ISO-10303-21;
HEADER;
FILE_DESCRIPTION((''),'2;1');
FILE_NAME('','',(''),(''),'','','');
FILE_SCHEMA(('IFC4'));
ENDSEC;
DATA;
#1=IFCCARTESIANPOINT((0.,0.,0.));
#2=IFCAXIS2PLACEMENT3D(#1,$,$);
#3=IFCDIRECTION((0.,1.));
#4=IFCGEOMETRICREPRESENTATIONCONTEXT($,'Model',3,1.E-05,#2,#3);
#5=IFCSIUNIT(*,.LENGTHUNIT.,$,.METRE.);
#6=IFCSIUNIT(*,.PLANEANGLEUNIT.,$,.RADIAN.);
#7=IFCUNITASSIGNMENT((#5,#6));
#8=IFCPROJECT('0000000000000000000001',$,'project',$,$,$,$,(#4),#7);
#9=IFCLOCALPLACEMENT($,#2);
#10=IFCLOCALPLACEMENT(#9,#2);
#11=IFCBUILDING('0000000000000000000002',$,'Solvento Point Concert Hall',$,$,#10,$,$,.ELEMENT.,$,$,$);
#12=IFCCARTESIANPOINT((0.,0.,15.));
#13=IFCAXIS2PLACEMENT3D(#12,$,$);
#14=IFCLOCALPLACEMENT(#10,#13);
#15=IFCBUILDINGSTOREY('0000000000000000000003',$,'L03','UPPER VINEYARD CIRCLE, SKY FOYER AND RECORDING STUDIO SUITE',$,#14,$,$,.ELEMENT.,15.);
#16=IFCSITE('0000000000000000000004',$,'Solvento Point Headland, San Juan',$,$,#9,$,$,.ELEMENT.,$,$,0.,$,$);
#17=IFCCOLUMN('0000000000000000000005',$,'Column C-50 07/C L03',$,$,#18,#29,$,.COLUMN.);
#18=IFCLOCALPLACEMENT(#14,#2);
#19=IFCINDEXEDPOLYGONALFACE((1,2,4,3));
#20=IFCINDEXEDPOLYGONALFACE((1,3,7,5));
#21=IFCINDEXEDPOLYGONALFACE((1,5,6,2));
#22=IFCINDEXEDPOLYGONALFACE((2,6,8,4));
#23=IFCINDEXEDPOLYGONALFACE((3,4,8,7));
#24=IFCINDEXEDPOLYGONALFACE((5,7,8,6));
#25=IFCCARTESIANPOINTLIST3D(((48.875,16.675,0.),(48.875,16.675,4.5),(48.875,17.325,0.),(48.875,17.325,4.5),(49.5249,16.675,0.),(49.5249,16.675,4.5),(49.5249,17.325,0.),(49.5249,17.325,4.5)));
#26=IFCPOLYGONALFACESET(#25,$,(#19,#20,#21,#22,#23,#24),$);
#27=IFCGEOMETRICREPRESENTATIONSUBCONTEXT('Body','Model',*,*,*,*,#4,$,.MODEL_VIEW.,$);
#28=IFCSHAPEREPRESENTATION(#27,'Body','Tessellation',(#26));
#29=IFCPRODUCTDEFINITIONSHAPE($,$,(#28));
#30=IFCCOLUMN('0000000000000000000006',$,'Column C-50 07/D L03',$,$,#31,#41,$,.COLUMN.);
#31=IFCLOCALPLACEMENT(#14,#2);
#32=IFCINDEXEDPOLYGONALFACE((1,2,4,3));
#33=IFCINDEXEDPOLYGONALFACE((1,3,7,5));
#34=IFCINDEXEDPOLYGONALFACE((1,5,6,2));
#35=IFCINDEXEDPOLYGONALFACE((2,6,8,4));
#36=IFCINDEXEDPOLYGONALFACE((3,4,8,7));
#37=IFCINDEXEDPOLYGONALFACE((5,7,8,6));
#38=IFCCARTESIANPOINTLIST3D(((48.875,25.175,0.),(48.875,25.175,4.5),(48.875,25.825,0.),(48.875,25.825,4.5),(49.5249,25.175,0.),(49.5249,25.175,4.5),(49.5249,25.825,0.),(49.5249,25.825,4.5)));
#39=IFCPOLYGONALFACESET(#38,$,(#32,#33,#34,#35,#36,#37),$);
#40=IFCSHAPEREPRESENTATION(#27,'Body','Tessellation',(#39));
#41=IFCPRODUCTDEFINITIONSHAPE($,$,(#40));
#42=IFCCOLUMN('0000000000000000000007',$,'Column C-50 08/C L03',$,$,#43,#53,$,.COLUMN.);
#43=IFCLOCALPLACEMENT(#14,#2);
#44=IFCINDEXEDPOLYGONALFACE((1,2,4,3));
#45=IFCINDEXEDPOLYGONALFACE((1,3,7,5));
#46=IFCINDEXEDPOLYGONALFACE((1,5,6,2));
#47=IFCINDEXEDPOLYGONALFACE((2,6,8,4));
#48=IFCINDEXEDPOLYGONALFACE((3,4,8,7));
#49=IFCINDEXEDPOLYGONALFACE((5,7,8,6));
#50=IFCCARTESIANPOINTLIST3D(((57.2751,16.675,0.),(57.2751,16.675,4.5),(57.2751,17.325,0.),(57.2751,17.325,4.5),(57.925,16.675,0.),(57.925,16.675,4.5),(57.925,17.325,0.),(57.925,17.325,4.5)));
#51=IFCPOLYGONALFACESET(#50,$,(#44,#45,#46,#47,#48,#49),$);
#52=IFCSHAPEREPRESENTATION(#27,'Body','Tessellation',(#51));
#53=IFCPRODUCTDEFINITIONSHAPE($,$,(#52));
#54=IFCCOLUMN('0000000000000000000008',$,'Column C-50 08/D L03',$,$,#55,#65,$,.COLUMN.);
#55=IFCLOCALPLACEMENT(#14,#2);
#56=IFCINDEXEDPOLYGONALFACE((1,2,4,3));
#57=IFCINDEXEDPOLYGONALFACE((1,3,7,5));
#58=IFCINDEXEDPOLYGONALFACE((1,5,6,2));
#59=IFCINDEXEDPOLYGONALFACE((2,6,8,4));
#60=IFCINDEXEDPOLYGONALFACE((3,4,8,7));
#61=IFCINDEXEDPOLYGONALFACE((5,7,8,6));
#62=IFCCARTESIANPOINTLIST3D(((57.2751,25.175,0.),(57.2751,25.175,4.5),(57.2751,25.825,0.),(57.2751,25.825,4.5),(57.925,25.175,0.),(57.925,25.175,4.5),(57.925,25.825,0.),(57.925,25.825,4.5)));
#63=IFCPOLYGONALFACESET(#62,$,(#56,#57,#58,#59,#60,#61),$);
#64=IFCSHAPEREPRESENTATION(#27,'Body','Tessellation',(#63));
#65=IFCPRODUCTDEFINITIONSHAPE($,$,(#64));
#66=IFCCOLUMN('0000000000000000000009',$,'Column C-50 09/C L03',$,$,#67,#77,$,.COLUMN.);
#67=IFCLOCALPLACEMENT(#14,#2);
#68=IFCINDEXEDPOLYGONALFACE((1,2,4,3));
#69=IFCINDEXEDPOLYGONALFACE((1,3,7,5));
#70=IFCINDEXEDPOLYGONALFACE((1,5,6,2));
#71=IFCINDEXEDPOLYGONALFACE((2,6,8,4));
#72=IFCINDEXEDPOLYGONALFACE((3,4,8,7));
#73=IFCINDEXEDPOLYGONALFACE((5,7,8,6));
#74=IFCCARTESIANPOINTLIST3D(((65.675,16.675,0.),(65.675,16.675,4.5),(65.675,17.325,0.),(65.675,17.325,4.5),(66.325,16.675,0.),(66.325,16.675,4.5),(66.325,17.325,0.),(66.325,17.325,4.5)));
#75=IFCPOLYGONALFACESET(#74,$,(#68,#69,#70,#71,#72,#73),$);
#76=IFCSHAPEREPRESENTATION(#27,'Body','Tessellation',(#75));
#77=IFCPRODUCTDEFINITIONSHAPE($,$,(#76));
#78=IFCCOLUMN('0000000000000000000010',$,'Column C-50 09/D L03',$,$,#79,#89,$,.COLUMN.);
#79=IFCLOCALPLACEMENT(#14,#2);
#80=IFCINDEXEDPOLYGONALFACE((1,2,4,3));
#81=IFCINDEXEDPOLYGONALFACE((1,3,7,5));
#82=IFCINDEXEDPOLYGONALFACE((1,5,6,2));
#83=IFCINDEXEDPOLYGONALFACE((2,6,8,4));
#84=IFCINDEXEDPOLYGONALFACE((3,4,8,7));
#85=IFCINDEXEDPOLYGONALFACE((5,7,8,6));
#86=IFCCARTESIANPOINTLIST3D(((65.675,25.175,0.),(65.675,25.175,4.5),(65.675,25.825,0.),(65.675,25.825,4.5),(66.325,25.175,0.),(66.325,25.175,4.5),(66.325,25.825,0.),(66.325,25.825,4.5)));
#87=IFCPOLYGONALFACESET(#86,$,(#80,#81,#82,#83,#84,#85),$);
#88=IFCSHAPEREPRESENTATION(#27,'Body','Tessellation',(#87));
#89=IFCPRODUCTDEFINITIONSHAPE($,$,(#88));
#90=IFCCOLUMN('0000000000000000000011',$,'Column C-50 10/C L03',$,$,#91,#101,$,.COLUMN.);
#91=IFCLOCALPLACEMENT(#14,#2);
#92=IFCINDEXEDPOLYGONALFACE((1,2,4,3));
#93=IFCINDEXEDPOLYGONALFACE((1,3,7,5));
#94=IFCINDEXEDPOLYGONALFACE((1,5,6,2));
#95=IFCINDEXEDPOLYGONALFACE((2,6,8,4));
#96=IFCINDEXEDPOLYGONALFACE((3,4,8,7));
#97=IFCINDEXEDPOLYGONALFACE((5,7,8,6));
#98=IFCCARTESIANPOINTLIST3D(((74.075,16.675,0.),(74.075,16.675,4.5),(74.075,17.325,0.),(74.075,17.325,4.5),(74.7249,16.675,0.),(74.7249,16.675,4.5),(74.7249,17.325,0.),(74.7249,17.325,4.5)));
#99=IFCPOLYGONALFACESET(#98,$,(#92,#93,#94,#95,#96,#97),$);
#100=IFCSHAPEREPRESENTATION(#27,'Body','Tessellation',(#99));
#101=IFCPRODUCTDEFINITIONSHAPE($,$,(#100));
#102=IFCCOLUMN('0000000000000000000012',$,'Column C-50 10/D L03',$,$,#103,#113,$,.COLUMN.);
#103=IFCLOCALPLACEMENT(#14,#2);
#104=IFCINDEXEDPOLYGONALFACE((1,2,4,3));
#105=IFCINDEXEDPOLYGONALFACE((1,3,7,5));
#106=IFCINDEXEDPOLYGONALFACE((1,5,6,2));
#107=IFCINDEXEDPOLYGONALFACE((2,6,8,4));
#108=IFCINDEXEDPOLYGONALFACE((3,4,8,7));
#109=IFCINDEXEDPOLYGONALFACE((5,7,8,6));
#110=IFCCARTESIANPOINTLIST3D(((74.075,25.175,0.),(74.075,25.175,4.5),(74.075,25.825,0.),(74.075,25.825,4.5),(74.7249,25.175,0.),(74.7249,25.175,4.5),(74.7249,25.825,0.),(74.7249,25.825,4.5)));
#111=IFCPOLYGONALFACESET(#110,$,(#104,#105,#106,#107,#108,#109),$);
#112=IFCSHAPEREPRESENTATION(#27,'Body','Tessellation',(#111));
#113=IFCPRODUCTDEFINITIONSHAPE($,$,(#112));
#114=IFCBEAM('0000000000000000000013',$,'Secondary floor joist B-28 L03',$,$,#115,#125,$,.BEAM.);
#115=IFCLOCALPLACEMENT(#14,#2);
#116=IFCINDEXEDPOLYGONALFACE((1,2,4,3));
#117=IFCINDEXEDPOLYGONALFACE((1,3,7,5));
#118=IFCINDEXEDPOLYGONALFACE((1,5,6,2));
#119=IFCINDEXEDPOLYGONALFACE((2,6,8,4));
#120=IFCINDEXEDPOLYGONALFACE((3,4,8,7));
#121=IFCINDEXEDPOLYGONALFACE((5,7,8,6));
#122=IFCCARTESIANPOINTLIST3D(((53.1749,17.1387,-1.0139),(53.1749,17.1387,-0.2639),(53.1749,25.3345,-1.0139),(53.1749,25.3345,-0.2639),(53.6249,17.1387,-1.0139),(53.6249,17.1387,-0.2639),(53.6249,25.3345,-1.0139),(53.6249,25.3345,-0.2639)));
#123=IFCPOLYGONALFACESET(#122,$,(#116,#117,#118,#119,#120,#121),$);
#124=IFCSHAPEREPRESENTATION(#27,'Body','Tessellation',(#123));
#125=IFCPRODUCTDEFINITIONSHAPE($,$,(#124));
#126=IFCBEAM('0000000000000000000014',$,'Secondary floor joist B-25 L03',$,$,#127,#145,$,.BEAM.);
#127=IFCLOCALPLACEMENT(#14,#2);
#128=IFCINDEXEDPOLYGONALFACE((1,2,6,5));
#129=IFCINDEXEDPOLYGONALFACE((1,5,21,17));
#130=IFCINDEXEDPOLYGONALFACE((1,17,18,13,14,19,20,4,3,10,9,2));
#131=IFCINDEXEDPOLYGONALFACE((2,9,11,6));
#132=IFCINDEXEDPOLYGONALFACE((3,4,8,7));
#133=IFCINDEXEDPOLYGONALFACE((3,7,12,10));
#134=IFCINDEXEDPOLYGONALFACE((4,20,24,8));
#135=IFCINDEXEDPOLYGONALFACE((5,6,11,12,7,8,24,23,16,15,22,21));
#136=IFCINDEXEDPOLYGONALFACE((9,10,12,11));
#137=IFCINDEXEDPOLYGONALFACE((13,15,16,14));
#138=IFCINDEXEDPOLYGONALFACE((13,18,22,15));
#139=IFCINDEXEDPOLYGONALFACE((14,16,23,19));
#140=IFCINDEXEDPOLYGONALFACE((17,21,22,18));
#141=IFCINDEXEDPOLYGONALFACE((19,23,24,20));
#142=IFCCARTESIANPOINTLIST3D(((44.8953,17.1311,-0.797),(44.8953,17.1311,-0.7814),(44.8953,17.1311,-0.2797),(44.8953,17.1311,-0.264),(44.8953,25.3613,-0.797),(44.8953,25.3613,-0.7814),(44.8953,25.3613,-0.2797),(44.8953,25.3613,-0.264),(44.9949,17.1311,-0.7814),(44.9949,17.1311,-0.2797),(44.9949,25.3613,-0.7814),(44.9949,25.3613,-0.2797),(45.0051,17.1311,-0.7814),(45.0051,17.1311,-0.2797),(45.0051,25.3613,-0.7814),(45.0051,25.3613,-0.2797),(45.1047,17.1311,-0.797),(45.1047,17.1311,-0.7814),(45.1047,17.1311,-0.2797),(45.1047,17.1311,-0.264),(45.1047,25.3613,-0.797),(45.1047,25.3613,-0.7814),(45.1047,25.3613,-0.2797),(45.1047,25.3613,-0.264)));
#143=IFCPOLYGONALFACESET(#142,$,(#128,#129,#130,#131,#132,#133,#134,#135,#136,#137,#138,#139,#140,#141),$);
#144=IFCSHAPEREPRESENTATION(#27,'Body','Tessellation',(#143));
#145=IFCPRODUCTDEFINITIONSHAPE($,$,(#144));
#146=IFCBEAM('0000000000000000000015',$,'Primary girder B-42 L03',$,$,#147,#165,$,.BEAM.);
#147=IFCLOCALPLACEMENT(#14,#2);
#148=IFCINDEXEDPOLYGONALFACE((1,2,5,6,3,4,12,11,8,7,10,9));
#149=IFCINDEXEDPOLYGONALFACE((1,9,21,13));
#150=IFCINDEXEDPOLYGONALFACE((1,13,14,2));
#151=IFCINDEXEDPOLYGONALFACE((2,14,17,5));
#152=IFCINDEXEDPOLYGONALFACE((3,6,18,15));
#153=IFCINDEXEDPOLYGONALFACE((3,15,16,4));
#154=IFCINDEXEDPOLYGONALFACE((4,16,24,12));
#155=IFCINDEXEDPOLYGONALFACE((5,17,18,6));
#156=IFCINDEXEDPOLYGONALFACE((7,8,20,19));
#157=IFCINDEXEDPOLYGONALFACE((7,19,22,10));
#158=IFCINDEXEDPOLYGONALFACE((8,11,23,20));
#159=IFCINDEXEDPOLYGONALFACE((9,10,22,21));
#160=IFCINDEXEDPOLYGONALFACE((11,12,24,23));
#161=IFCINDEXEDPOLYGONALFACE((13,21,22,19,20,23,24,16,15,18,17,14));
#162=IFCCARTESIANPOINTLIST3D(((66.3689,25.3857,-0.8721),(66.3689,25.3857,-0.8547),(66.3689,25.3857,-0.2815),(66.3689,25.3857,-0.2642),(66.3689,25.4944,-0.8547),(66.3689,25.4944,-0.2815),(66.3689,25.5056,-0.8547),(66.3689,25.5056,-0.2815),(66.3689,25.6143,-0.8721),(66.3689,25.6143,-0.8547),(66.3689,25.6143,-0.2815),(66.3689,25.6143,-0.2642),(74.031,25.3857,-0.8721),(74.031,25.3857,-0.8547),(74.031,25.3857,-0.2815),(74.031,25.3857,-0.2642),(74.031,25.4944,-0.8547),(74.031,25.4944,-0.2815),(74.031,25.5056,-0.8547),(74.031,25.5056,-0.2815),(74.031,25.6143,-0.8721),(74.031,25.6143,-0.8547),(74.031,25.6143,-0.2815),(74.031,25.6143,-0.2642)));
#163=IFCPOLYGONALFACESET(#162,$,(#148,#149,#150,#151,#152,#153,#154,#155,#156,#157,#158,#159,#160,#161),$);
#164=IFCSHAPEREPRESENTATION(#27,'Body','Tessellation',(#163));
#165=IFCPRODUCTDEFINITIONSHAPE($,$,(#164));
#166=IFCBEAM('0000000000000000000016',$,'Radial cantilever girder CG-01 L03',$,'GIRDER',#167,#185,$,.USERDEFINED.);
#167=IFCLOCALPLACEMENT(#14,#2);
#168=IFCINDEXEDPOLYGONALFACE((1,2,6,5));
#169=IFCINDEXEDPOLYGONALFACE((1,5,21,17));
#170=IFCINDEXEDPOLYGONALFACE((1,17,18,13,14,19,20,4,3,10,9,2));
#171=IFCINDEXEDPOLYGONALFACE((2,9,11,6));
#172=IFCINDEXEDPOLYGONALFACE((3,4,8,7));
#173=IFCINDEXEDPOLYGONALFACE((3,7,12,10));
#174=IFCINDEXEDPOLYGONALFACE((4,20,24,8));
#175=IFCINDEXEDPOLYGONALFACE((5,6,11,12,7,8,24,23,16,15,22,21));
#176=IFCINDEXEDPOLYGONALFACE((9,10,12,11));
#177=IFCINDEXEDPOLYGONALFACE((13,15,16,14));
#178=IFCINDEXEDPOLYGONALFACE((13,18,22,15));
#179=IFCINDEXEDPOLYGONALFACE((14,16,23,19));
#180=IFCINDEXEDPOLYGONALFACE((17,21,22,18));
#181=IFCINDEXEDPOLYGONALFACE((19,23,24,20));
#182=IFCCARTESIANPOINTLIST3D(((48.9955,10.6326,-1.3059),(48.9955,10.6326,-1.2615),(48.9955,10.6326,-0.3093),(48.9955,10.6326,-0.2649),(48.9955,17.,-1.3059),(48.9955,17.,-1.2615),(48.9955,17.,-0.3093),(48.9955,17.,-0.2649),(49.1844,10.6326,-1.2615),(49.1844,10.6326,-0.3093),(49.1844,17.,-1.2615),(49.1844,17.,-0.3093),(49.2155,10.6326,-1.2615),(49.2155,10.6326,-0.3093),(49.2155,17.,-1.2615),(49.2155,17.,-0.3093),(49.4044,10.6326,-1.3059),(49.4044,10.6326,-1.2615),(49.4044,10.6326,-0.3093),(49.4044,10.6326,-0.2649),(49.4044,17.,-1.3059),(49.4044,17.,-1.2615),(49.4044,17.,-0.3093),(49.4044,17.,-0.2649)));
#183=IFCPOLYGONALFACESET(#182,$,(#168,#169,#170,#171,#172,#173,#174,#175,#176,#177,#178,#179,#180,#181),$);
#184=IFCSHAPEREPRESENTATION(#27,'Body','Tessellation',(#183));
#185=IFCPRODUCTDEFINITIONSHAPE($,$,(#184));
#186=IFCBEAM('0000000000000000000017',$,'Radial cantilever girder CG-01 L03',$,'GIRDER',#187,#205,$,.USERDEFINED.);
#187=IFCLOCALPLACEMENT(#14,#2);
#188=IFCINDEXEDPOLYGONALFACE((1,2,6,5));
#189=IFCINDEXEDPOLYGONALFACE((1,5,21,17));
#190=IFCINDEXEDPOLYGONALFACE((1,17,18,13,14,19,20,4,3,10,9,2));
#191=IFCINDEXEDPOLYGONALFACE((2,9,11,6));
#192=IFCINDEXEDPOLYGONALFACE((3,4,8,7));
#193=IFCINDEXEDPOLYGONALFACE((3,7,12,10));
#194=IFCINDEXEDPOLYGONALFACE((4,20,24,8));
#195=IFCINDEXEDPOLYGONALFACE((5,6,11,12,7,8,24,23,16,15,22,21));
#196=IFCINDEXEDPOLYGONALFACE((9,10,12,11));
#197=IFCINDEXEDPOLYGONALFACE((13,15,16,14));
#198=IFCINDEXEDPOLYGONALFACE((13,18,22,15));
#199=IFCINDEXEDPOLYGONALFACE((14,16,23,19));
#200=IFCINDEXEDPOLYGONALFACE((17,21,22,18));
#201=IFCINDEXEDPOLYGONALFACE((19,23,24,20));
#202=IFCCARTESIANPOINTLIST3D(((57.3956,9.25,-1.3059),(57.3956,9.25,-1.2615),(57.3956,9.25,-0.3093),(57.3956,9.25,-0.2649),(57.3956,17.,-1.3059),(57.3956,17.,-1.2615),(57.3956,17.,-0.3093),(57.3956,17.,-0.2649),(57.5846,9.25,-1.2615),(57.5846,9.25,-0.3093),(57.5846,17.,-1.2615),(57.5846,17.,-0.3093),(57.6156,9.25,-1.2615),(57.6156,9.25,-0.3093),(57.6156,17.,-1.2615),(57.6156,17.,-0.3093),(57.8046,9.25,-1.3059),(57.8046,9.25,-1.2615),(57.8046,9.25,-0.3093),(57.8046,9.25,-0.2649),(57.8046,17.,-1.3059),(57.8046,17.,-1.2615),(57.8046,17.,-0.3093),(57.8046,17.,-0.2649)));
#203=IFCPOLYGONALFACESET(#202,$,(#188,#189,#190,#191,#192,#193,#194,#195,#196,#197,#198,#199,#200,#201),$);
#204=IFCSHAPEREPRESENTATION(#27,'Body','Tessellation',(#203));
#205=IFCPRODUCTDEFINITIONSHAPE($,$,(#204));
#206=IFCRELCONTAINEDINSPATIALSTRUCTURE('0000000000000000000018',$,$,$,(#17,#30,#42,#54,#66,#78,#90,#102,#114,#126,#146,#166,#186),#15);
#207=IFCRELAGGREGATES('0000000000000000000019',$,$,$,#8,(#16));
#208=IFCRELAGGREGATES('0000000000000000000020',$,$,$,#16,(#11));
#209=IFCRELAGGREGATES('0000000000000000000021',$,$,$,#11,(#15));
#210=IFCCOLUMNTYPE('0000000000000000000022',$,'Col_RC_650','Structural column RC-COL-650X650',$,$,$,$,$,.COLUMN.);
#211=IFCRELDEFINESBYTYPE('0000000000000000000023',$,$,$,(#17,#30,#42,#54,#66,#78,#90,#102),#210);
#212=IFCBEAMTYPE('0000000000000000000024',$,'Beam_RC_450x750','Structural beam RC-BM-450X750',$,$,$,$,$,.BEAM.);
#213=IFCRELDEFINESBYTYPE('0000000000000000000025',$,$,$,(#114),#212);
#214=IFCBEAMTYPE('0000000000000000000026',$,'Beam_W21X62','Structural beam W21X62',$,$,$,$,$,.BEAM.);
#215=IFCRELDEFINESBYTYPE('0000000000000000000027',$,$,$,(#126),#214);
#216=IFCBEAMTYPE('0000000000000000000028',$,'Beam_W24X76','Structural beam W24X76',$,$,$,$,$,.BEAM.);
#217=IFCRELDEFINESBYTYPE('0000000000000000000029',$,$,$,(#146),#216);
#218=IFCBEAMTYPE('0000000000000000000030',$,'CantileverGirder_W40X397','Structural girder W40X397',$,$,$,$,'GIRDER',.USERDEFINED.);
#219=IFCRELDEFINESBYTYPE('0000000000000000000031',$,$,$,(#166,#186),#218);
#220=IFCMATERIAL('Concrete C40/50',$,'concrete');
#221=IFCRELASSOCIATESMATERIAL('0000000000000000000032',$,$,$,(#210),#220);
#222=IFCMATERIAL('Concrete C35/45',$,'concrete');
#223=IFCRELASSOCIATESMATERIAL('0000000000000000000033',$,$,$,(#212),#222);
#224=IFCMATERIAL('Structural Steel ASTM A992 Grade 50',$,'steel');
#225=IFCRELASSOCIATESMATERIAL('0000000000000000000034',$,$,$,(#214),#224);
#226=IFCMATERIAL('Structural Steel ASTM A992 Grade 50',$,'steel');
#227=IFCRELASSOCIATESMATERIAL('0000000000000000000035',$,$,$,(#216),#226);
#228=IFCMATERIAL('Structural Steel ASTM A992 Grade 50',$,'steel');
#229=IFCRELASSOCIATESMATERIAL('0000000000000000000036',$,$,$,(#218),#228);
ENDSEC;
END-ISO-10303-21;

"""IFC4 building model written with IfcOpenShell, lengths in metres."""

from ifc_helpers import new_model, si_unit, direction, frame, origin, origin_2d, place, context, subcontext, project, spatial, rectangle, i_section, extrude, material, material_profile, profile_set, type_object, element, save


model = new_model("IFC4")

# Units and contexts
model_context = context("Model", 3, precision=1e-05, world=origin(), true_north=direction((0.0, 1.0)))
body_context = subcontext(model_context, "Body", "Model", "MODEL_VIEW")
ifc_project = project(units=[si_unit("LENGTHUNIT", "METRE"), si_unit("PLANEANGLEUNIT", "RADIAN")], contexts=[model_context])

# Site, building, storey
site_placement = place(None, origin())
site = spatial("IfcSite", under=ifc_project, at=site_placement, Name="Solvento Point Headland, San Juan", CompositionType="ELEMENT", RefElevation=0.0)
building_placement = place(site_placement, origin())
building = spatial("IfcBuilding", under=site, at=building_placement, Name="Solvento Point Concert Hall", CompositionType="ELEMENT")
storey_placement = place(building_placement, frame((0.0, 0.0, 15.0)))
storey = spatial("IfcBuildingStorey", under=building, at=storey_placement, Name="L03", Description="UPPER VINEYARD CIRCLE, SKY FOYER AND RECORDING STUDIO SUITE", CompositionType="ELEMENT", Elevation=15.0)

# Columns
ifc_material_1 = material(Name="Concrete C40/50", Category="concrete")
ifc_material_profile_1 = material_profile(ifc_material_1, rectangle(XDim=0.6499, YDim=0.6499, at=origin_2d()), Name="RC-COL-650X650")
ifc_profile_set_1 = profile_set([ifc_material_profile_1], Name="Concrete C40/50")
column_type = type_object("IfcColumnType", Name="Col_RC_650", Description="Structural column RC-COL-650X650", PredefinedType="COLUMN", material=ifc_profile_set_1)
for number, where, z_axis, x_axis, name in (
    (1, (49.2, 17.0, 0.0), (0.0, 0.0, 1.0), (1.0, 0.0, 0.0), "Column C-50 07/C L03"),
    (2, (49.2, 25.5, 0.0), (0.0, 0.0, 1.0), (1.0, 0.0, 0.0), "Column C-50 07/D L03"),
    (3, (57.6001, 17.0, 0.0), (0.0, 0.0, 1.0), (1.0, 0.0, 0.0), "Column C-50 08/C L03"),
    (4, (57.6001, 25.5, 0.0), (0.0, 0.0, 1.0), (1.0, 0.0, 0.0), "Column C-50 08/D L03"),
    (5, (66.0, 17.0, 0.0), (0.0, 0.0, 1.0), (1.0, 0.0, 0.0), "Column C-50 09/C L03"),
    (6, (66.0, 25.5, 0.0), (0.0, 0.0, 1.0), (1.0, 0.0, 0.0), "Column C-50 09/D L03"),
    (7, (74.3999, 17.0, 0.0), (0.0, 0.0, 1.0), (1.0, 0.0, 0.0), "Column C-50 10/C L03"),
    (8, (74.3999, 25.5, 0.0), (0.0, 0.0, 1.0), (1.0, 0.0, 0.0), "Column C-50 10/D L03"),
):
    element("IfcColumn", number, at=place(storey_placement, frame(where, z_axis=z_axis, x_axis=x_axis)), inside=storey, type_object=column_type, Name=name, PredefinedType="COLUMN", context=body_context, shape_type="SweptSolid", body=[
        extrude(rectangle(XDim=0.6499, YDim=0.6499, at=origin_2d()), origin(), (0.0, 0.0, 1.0), 4.5),
    ])

# Beams
ifc_material_2 = material(Name="Concrete C35/45", Category="concrete")
ifc_material_profile_2 = material_profile(ifc_material_2, rectangle(XDim=0.45, YDim=0.75, at=origin_2d()), Name="RC-BM-450X750")
ifc_profile_set_2 = profile_set([ifc_material_profile_2], Name="Concrete C35/45")
beam_type_1 = type_object("IfcBeamType", Name="Beam_RC_450x750", Description="Structural beam RC-BM-450X750", PredefinedType="BEAM", material=ifc_profile_set_2)
beam_1_placement = place(storey_placement, frame((53.3999, 17.1387, -0.6389), z_axis=(0.0, 1.0, 0.0), x_axis=(-1.0, 0.0, 0.0)))
element("IfcBeam", 9, at=beam_1_placement, inside=storey, type_object=beam_type_1, Name="Secondary floor joist B-28 L03", PredefinedType="BEAM", context=body_context, shape_type="SweptSolid", body=[
    extrude(rectangle(XDim=0.45, YDim=0.75, at=origin_2d()), origin(), (0.0, 0.0, 1.0), 8.1958),
])
ifc_material_3 = material(Name="Structural Steel ASTM A992 Grade 50", Category="steel")
ifc_material_profile_3 = material_profile(ifc_material_3, i_section(OverallWidth=0.2095, OverallDepth=0.533, WebThickness=0.0103, FlangeThickness=0.0156, at=origin_2d()), Name="W21X62")
ifc_profile_set_3 = profile_set([ifc_material_profile_3], Name="Structural Steel ASTM A992 Grade 50")
beam_type_2 = type_object("IfcBeamType", Name="Beam_W21X62", Description="Structural beam W21X62", PredefinedType="BEAM", material=ifc_profile_set_3)
beam_2_placement = place(storey_placement, frame((45.0, 17.1311, -0.5305), z_axis=(0.0, 1.0, 0.0), x_axis=(-1.0, 0.0, 0.0)))
element("IfcBeam", 10, at=beam_2_placement, inside=storey, type_object=beam_type_2, Name="Secondary floor joist B-25 L03", PredefinedType="BEAM", context=body_context, shape_type="SweptSolid", body=[
    extrude(i_section(OverallWidth=0.2095, OverallDepth=0.533, WebThickness=0.0103, FlangeThickness=0.0156, at=origin_2d()), origin(), (0.0, 0.0, 1.0), 8.2302),
])
ifc_material_4 = material(Name="Structural Steel ASTM A992 Grade 50", Category="steel")
ifc_material_profile_4 = material_profile(ifc_material_4, i_section(OverallWidth=0.2285, OverallDepth=0.6079, WebThickness=0.0112, FlangeThickness=0.0173, at=origin_2d()), Name="W24X76")
ifc_profile_set_4 = profile_set([ifc_material_profile_4], Name="Structural Steel ASTM A992 Grade 50")
beam_type_3 = type_object("IfcBeamType", Name="Beam_W24X76", Description="Structural beam W24X76", PredefinedType="BEAM", material=ifc_profile_set_4)
beam_3_placement = place(storey_placement, frame((66.3689, 25.5, -0.5681), z_axis=(1.0, 0.0, 0.0), x_axis=(0.0, 1.0, 0.0)))
element("IfcBeam", 11, at=beam_3_placement, inside=storey, type_object=beam_type_3, Name="Primary girder B-42 L03", PredefinedType="BEAM", context=body_context, shape_type="SweptSolid", body=[
    extrude(i_section(OverallWidth=0.2285, OverallDepth=0.6079, WebThickness=0.0112, FlangeThickness=0.0173, at=origin_2d()), origin(), (0.0, 0.0, 1.0), 7.6621),
])
ifc_material_5 = material(Name="Structural Steel ASTM A992 Grade 50", Category="steel")
ifc_material_profile_5 = material_profile(ifc_material_5, i_section(OverallWidth=0.4089, OverallDepth=1.041, WebThickness=0.031, FlangeThickness=0.0444, at=origin_2d()), Name="W40X397")
ifc_profile_set_5 = profile_set([ifc_material_profile_5], Name="Structural Steel ASTM A992 Grade 50")
beam_type_4 = type_object("IfcBeamType", Name="CantileverGirder_W40X397", Description="Structural girder W40X397", ElementType="GIRDER", PredefinedType="USERDEFINED", material=ifc_profile_set_5)
beam_4_placement = place(storey_placement, frame((49.2, 17.0, -0.7854), z_axis=(0.0, -1.0, 0.0), x_axis=(1.0, 0.0, 0.0)))
element("IfcBeam", 12, at=beam_4_placement, inside=storey, type_object=beam_type_4, Name="Radial cantilever girder CG-01 L03", ObjectType="GIRDER", PredefinedType="USERDEFINED", context=body_context, shape_type="SweptSolid", body=[
    extrude(i_section(OverallWidth=0.4089, OverallDepth=1.041, WebThickness=0.031, FlangeThickness=0.0444, at=origin_2d()), origin(), (0.0, 0.0, 1.0), 6.3674),
])
for number, where, z_axis, x_axis, name in (
    (13, (57.6001, 17.0, -0.7854), (0.0, -1.0, 0.0), (1.0, 0.0, 0.0), "Radial cantilever girder CG-01 L03"),
):
    element("IfcBeam", number, at=place(storey_placement, frame(where, z_axis=z_axis, x_axis=x_axis)), inside=storey, type_object=beam_type_4, Name=name, ObjectType="GIRDER", PredefinedType="USERDEFINED", context=body_context, shape_type="SweptSolid", body=[
        extrude(i_section(OverallWidth=0.4089, OverallDepth=1.041, WebThickness=0.031, FlangeThickness=0.0444, at=origin_2d()), origin(), (0.0, 0.0, 1.0), 7.75),
    ])

save(model, "model.ifc")
